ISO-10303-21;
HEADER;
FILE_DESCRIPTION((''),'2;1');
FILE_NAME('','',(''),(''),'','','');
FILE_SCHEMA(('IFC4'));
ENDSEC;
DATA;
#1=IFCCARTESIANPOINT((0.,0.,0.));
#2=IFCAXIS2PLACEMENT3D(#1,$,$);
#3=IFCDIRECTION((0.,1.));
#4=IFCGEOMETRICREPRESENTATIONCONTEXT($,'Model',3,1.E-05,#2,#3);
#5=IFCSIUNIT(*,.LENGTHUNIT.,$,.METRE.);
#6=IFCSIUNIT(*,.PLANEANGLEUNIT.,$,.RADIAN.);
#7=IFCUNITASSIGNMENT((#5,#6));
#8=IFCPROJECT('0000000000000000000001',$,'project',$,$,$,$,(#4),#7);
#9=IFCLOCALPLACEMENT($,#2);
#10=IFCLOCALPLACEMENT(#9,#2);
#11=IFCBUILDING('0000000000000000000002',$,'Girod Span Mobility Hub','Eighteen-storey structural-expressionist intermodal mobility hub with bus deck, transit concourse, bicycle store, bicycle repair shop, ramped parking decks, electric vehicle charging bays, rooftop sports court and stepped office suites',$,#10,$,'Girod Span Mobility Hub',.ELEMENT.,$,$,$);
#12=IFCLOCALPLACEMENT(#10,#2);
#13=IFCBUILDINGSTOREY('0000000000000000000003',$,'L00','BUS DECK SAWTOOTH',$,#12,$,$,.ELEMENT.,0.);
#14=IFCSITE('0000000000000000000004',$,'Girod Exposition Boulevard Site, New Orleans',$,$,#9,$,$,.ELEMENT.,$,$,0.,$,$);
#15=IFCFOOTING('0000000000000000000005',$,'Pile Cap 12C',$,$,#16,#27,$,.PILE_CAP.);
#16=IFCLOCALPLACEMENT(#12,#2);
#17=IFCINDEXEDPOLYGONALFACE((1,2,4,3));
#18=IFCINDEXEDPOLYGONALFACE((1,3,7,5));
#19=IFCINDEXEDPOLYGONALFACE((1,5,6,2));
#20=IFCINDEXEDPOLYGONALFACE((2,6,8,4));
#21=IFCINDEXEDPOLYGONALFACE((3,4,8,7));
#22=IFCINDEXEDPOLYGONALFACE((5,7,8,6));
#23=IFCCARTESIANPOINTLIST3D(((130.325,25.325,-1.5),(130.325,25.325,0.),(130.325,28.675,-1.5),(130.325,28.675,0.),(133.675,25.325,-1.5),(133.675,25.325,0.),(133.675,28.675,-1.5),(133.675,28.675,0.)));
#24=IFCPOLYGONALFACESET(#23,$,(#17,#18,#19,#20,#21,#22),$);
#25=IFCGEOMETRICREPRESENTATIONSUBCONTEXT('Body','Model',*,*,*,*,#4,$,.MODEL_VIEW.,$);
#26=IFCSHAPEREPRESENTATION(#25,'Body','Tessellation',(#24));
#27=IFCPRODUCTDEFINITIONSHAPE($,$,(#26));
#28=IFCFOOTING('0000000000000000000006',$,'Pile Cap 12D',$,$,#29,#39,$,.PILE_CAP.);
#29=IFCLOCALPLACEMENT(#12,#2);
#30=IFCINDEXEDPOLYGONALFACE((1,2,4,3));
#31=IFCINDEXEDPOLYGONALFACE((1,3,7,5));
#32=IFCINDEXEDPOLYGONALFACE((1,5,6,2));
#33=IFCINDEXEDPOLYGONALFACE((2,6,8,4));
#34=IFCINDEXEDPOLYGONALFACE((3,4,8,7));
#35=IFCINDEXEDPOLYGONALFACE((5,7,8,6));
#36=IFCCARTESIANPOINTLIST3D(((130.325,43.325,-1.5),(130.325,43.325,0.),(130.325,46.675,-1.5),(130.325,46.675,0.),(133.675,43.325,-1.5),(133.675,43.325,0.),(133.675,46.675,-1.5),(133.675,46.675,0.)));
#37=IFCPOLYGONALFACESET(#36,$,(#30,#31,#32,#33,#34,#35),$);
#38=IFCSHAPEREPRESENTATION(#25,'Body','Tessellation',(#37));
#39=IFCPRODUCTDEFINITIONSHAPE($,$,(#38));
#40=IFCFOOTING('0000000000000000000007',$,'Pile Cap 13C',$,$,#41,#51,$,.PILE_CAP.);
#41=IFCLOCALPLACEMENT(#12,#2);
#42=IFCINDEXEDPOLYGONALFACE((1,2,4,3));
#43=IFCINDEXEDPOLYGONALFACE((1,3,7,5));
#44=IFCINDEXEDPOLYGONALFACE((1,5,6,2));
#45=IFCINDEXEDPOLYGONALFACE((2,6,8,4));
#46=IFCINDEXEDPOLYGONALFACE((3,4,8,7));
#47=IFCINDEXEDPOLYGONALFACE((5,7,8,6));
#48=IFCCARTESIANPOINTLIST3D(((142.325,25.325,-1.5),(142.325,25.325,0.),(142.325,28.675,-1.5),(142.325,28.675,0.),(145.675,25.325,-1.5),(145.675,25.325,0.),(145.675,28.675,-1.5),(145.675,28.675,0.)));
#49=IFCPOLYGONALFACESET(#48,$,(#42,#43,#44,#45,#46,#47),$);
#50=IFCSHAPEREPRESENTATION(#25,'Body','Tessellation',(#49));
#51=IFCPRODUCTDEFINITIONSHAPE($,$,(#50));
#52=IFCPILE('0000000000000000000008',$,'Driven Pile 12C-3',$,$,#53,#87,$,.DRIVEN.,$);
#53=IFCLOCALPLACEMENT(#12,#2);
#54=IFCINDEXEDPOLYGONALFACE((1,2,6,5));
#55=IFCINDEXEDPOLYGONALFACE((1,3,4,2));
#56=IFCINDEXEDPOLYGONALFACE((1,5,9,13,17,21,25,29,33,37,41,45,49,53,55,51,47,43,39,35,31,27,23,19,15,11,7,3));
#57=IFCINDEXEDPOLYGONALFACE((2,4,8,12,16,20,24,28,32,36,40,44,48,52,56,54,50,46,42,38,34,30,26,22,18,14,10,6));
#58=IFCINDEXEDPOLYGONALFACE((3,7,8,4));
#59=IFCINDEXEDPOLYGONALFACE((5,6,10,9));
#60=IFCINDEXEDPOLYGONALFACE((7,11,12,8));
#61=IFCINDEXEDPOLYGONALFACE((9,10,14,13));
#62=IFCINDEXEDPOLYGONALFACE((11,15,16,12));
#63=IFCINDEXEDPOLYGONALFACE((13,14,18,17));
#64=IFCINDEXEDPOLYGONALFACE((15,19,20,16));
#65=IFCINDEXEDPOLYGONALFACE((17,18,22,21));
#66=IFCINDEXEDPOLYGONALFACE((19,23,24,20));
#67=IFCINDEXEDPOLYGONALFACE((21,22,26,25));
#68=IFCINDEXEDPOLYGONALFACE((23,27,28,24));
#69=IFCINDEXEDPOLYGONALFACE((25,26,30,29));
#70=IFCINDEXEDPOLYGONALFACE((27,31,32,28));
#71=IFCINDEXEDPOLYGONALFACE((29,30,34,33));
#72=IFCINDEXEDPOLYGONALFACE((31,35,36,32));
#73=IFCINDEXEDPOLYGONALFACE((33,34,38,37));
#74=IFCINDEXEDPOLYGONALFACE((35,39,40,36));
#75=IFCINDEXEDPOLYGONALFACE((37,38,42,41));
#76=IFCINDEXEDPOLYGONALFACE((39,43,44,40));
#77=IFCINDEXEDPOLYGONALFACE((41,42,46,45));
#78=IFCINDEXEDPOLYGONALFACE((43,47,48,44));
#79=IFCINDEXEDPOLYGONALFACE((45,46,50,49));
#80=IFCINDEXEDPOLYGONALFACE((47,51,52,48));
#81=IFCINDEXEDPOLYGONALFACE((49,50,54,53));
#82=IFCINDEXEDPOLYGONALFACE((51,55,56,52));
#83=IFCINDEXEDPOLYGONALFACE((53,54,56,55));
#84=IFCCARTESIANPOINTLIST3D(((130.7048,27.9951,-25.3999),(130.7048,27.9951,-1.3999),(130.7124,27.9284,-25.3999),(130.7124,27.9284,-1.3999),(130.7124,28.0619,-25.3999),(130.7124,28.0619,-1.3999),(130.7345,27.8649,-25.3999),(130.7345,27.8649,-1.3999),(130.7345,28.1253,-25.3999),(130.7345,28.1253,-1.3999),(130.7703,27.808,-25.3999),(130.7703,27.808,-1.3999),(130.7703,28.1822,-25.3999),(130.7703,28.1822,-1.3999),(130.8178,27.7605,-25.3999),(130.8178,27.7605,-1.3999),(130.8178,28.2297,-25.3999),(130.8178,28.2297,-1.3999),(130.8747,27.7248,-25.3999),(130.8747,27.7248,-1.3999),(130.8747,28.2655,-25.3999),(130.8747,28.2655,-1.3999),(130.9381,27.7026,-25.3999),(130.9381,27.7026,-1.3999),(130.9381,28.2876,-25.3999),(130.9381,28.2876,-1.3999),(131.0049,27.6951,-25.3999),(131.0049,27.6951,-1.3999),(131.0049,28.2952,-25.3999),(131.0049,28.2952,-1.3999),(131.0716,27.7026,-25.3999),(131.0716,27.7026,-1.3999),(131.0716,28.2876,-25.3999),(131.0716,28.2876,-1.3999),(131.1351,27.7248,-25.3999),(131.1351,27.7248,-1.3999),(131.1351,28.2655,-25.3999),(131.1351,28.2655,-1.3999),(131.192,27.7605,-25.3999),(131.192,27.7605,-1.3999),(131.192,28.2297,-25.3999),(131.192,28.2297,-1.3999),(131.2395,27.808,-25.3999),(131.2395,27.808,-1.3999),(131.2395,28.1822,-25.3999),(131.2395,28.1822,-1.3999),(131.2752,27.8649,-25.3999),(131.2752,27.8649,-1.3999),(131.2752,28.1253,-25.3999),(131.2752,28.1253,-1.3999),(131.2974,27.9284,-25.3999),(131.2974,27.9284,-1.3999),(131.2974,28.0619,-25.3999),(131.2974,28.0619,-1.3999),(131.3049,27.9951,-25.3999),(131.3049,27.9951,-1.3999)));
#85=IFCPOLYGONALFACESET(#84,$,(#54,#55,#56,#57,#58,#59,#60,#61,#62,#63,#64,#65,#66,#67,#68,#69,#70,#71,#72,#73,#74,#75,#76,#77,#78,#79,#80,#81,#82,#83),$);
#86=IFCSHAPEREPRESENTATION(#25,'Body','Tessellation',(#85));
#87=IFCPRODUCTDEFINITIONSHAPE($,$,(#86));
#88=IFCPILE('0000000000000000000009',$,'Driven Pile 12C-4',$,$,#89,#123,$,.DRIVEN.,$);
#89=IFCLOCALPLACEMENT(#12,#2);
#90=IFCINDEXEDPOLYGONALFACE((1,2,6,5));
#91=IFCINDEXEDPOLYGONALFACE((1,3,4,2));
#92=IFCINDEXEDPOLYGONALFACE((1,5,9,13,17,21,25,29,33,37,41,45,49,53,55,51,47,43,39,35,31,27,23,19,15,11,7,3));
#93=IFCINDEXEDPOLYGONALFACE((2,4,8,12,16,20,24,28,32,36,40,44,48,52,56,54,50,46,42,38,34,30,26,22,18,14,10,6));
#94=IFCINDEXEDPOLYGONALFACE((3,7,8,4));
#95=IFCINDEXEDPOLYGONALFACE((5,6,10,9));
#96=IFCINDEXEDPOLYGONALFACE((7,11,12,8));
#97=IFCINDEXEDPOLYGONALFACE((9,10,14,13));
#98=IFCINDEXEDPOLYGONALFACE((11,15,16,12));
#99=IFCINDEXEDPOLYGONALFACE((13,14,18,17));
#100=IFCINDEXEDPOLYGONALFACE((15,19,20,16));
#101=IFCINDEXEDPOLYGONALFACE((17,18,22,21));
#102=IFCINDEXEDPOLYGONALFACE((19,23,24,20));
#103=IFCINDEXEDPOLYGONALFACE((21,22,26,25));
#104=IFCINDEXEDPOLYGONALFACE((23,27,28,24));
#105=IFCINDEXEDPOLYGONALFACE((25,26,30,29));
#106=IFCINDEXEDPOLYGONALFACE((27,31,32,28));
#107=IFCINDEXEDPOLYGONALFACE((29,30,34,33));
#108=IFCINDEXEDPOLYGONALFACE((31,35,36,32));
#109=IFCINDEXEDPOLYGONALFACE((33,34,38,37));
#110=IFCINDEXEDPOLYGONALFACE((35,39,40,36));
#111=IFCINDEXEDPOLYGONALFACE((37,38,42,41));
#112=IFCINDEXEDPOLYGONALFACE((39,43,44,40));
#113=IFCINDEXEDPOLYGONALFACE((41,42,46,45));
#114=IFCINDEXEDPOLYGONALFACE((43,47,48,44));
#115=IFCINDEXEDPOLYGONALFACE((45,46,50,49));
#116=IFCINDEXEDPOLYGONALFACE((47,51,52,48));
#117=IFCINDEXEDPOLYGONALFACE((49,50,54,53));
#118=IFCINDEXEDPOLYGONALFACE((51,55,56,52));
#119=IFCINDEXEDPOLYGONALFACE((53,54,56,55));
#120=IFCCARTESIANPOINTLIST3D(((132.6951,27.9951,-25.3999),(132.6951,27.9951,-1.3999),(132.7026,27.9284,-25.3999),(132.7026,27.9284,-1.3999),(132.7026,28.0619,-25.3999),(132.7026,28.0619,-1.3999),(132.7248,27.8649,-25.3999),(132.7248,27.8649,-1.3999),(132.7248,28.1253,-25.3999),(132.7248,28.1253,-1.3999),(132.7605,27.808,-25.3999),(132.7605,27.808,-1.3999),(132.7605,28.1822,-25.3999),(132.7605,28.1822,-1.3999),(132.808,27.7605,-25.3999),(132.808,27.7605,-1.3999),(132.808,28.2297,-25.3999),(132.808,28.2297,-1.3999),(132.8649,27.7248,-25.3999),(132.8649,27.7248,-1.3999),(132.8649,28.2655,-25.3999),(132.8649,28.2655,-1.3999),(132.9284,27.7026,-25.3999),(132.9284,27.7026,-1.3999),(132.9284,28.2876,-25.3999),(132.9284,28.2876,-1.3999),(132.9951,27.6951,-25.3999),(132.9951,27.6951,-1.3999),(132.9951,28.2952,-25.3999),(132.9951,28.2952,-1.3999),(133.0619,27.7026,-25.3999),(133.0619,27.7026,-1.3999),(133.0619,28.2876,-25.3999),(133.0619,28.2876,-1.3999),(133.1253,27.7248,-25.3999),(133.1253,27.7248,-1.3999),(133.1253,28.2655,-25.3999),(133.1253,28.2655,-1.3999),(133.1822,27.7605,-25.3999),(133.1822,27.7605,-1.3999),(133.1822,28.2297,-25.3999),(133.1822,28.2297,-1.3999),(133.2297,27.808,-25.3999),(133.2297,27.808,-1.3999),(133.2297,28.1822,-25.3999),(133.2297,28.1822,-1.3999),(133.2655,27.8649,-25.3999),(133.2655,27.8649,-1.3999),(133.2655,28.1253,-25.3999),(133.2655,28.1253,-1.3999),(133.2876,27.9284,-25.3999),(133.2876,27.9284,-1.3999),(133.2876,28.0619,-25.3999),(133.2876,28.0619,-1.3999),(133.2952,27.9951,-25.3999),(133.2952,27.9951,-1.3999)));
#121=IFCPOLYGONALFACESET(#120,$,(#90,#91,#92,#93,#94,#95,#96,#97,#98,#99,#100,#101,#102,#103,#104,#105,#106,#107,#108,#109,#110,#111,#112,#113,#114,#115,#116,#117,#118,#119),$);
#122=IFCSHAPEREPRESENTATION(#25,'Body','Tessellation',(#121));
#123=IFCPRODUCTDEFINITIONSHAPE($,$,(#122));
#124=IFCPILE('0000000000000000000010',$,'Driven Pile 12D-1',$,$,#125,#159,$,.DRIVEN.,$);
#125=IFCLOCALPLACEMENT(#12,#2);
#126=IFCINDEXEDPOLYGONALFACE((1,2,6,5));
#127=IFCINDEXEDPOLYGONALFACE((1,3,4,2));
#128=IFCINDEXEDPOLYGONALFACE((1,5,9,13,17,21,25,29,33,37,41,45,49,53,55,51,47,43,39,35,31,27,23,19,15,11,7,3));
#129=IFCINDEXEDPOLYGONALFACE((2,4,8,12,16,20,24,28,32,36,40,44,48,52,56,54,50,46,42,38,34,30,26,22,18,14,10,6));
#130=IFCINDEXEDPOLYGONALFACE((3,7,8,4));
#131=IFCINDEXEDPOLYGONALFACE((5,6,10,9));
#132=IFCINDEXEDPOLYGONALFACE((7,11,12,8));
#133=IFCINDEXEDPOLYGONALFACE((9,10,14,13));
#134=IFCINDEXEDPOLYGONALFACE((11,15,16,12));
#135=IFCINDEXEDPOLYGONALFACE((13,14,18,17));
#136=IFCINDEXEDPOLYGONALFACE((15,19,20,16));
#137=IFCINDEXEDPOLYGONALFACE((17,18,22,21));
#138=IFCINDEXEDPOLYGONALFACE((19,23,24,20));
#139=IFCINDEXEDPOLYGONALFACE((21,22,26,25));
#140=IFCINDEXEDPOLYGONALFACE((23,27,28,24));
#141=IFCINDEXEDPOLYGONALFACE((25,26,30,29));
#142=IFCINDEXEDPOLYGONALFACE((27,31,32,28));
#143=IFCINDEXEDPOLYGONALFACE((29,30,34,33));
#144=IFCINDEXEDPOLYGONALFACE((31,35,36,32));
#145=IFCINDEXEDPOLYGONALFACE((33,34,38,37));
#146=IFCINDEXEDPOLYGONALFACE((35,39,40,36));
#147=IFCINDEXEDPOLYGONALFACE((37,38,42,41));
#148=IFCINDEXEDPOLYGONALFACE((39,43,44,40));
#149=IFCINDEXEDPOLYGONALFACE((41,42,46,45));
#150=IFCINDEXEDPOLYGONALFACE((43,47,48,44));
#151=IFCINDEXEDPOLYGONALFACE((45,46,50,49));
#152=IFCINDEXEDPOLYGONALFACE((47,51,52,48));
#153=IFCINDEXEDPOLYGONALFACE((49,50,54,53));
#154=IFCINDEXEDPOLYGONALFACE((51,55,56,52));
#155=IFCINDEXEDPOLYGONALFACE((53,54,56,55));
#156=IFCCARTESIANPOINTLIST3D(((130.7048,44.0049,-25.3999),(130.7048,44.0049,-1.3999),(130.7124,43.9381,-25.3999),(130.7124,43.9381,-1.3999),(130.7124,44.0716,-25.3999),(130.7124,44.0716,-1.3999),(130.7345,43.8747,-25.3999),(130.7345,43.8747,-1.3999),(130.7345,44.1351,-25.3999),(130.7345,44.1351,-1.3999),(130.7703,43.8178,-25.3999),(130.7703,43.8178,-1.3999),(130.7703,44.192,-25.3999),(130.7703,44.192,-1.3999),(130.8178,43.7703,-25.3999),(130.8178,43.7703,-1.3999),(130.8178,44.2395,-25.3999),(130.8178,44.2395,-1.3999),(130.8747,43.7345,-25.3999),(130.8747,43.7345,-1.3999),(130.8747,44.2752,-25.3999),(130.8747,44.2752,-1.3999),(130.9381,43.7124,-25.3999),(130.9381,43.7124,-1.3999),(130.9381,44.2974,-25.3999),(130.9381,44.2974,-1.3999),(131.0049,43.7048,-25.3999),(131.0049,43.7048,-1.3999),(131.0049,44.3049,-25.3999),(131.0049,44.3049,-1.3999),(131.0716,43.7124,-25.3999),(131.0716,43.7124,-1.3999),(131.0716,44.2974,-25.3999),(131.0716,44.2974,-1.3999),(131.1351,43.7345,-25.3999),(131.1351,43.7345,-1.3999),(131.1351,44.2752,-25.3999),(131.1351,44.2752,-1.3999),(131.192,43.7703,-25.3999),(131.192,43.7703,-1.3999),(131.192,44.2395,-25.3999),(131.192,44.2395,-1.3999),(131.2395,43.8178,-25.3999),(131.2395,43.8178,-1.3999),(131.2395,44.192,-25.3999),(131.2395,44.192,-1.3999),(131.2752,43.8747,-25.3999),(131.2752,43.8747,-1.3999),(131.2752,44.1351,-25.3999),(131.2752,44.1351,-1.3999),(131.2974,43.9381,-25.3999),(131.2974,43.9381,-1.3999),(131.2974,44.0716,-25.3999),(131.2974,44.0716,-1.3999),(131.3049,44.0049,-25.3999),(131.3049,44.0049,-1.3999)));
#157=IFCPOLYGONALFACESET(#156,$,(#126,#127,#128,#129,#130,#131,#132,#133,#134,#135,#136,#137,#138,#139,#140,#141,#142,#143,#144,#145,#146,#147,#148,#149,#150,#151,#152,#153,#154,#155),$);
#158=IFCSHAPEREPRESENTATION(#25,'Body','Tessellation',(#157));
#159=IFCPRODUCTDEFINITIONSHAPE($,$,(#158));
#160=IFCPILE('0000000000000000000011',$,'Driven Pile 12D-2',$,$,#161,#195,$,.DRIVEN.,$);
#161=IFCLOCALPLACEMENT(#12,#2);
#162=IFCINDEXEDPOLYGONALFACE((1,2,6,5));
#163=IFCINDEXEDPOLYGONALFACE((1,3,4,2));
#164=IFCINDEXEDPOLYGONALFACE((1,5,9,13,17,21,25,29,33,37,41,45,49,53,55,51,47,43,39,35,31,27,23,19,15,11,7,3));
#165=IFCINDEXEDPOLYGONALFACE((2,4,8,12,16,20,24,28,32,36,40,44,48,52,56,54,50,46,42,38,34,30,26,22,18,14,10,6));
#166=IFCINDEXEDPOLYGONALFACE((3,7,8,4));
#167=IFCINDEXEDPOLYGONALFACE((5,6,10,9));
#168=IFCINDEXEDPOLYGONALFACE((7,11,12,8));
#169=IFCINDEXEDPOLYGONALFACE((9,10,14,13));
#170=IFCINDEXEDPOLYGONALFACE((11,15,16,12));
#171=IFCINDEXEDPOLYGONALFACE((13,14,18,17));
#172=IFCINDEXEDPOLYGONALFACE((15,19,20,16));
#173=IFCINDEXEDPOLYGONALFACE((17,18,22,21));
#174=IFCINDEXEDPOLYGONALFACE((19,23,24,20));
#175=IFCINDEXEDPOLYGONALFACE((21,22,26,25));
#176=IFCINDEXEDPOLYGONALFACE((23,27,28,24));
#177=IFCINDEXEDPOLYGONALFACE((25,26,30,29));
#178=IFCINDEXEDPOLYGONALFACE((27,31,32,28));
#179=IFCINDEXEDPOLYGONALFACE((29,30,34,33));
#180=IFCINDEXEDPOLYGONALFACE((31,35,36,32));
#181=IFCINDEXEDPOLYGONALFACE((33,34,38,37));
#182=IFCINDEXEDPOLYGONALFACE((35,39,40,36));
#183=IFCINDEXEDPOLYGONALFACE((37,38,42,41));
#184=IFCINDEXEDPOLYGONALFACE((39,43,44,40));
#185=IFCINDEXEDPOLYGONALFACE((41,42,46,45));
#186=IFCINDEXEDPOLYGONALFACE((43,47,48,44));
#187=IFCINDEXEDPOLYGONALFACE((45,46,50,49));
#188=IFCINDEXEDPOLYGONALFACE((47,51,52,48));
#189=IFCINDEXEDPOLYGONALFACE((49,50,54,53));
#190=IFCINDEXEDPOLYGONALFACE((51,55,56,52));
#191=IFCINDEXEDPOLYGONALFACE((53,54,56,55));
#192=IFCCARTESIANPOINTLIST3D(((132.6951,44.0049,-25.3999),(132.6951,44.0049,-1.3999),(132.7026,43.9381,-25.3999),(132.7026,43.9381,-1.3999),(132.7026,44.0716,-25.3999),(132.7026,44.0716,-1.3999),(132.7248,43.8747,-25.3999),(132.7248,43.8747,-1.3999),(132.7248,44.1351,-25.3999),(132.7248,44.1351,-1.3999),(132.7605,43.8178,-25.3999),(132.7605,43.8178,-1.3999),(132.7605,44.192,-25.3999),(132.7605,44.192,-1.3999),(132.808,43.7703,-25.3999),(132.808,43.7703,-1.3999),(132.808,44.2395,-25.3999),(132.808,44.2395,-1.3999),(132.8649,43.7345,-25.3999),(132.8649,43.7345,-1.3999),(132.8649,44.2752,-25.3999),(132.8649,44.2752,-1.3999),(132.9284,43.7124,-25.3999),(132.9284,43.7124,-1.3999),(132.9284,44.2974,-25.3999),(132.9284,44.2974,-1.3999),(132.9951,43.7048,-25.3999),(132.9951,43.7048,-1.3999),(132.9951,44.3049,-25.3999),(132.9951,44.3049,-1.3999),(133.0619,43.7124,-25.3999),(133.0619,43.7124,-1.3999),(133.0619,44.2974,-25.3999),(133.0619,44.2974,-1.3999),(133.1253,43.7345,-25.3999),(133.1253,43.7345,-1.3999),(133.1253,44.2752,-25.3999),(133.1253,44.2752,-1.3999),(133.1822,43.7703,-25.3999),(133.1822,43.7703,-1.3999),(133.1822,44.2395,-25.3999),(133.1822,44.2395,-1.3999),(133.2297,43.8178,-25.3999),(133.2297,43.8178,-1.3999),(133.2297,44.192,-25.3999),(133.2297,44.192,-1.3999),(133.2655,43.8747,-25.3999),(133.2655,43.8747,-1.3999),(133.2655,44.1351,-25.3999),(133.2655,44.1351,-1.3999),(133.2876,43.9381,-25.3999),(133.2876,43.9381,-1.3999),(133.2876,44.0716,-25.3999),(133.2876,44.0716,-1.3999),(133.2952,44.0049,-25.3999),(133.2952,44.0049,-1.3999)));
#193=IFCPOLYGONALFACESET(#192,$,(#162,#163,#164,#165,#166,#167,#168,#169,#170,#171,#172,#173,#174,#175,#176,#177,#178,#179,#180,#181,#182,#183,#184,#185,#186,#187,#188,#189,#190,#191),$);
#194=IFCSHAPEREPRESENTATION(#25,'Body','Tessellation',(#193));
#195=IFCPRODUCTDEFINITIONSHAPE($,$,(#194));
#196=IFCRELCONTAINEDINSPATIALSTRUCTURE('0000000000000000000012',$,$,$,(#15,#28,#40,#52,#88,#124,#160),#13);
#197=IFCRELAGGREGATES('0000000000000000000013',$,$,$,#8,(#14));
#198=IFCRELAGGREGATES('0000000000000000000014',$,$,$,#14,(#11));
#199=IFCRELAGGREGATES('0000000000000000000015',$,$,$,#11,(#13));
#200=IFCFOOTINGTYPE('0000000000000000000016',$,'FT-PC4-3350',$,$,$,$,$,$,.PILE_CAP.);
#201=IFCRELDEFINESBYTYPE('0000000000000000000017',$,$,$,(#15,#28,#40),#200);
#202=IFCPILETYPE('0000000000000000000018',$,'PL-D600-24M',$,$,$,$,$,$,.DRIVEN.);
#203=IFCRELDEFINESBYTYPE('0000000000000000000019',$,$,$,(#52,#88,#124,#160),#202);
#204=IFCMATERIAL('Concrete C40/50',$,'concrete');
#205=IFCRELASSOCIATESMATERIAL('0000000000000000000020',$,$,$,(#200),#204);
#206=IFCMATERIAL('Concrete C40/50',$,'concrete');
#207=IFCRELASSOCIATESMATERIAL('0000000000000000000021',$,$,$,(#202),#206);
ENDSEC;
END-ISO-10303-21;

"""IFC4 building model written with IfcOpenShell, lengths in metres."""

from ifc_helpers import new_model, si_unit, direction, frame, origin, origin_2d, place, context, subcontext, project, spatial, rectangle, circle, extrude, material, material_profile, profile_set, type_object, element, save


model = new_model("IFC4")

# Units and contexts
model_context = context("Model", 3, precision=1e-05, world=origin(), true_north=direction((0.0, 1.0)))
body_context = subcontext(model_context, "Body", "Model", "MODEL_VIEW")
ifc_project = project(units=[si_unit("LENGTHUNIT", "METRE"), si_unit("PLANEANGLEUNIT", "RADIAN")], contexts=[model_context])

# Site, building, storey
site_placement = place(None, origin())
site = spatial("IfcSite", under=ifc_project, at=site_placement, Name="Girod Exposition Boulevard Site, New Orleans", CompositionType="ELEMENT", RefElevation=0.0)
building_placement = place(site_placement, origin())
building = spatial("IfcBuilding", under=site, at=building_placement, Name="Girod Span Mobility Hub", Description="Eighteen-storey structural-expressionist intermodal mobility hub with bus deck, transit concourse, bicycle store, bicycle repair shop, ramped parking decks, electric vehicle charging bays, rooftop sports court and stepped office suites", LongName="Girod Span Mobility Hub", CompositionType="ELEMENT")
storey_placement = place(building_placement, origin())
storey = spatial("IfcBuildingStorey", under=building, at=storey_placement, Name="L00", Description="BUS DECK SAWTOOTH", CompositionType="ELEMENT", Elevation=0.0)

# Footings
ifc_material_1 = material(Name="Concrete C40/50", Category="concrete")
footing_type = type_object("IfcFootingType", Name="FT-PC4-3350", PredefinedType="PILE_CAP", material=ifc_material_1)
for number, where, z_axis, x_axis, name in (
    (1, (132.0, 27.0, -1.5), (0.0, 0.0, 1.0), (1.0, 0.0, 0.0), "Pile Cap 12C"),
    (2, (132.0, 45.0, -1.5), (0.0, 0.0, 1.0), (1.0, 0.0, 0.0), "Pile Cap 12D"),
    (3, (144.0, 27.0, -1.5), (0.0, 0.0, 1.0), (1.0, 0.0, 0.0), "Pile Cap 13C"),
):
    element("IfcFooting", number, at=place(storey_placement, frame(where, z_axis=z_axis, x_axis=x_axis)), inside=storey, type_object=footing_type, Name=name, PredefinedType="PILE_CAP", context=body_context, shape_type="SweptSolid", body=[
        extrude(rectangle(XDim=3.3501, YDim=3.3501, at=origin_2d()), origin(), (0.0, 0.0, 1.0), 1.5),
    ])

# Piles
ifc_material_2 = material(Name="Concrete C40/50", Category="concrete")
ifc_material_profile_1 = material_profile(ifc_material_2, circle(Radius=0.3, at=origin_2d()), Name="PILE-D600")
ifc_profile_set_1 = profile_set([ifc_material_profile_1], Name="Concrete C40/50")
pile_type = type_object("IfcPileType", Name="PL-D600-24M", PredefinedType="DRIVEN", material=ifc_profile_set_1)
for number, where, z_axis, x_axis, name in (
    (4, (131.0049, 27.9951, -1.3999), (0.0, 0.0, -1.0), (1.0, 0.0, 0.0), "Driven Pile 12C-3"),
    (5, (132.9951, 27.9951, -1.3999), (0.0, 0.0, -1.0), (1.0, 0.0, 0.0), "Driven Pile 12C-4"),
    (6, (131.0049, 44.0049, -1.3999), (0.0, 0.0, -1.0), (1.0, 0.0, 0.0), "Driven Pile 12D-1"),
    (7, (132.9951, 44.0049, -1.3999), (0.0, 0.0, -1.0), (1.0, 0.0, 0.0), "Driven Pile 12D-2"),
):
    element("IfcPile", number, at=place(storey_placement, frame(where, z_axis=z_axis, x_axis=x_axis)), inside=storey, type_object=pile_type, Name=name, PredefinedType="DRIVEN", context=body_context, shape_type="SweptSolid", body=[
        extrude(circle(Radius=0.3, at=origin_2d()), origin(), (0.0, 0.0, 1.0), 24.0),
    ])

save(model, "model.ifc")
